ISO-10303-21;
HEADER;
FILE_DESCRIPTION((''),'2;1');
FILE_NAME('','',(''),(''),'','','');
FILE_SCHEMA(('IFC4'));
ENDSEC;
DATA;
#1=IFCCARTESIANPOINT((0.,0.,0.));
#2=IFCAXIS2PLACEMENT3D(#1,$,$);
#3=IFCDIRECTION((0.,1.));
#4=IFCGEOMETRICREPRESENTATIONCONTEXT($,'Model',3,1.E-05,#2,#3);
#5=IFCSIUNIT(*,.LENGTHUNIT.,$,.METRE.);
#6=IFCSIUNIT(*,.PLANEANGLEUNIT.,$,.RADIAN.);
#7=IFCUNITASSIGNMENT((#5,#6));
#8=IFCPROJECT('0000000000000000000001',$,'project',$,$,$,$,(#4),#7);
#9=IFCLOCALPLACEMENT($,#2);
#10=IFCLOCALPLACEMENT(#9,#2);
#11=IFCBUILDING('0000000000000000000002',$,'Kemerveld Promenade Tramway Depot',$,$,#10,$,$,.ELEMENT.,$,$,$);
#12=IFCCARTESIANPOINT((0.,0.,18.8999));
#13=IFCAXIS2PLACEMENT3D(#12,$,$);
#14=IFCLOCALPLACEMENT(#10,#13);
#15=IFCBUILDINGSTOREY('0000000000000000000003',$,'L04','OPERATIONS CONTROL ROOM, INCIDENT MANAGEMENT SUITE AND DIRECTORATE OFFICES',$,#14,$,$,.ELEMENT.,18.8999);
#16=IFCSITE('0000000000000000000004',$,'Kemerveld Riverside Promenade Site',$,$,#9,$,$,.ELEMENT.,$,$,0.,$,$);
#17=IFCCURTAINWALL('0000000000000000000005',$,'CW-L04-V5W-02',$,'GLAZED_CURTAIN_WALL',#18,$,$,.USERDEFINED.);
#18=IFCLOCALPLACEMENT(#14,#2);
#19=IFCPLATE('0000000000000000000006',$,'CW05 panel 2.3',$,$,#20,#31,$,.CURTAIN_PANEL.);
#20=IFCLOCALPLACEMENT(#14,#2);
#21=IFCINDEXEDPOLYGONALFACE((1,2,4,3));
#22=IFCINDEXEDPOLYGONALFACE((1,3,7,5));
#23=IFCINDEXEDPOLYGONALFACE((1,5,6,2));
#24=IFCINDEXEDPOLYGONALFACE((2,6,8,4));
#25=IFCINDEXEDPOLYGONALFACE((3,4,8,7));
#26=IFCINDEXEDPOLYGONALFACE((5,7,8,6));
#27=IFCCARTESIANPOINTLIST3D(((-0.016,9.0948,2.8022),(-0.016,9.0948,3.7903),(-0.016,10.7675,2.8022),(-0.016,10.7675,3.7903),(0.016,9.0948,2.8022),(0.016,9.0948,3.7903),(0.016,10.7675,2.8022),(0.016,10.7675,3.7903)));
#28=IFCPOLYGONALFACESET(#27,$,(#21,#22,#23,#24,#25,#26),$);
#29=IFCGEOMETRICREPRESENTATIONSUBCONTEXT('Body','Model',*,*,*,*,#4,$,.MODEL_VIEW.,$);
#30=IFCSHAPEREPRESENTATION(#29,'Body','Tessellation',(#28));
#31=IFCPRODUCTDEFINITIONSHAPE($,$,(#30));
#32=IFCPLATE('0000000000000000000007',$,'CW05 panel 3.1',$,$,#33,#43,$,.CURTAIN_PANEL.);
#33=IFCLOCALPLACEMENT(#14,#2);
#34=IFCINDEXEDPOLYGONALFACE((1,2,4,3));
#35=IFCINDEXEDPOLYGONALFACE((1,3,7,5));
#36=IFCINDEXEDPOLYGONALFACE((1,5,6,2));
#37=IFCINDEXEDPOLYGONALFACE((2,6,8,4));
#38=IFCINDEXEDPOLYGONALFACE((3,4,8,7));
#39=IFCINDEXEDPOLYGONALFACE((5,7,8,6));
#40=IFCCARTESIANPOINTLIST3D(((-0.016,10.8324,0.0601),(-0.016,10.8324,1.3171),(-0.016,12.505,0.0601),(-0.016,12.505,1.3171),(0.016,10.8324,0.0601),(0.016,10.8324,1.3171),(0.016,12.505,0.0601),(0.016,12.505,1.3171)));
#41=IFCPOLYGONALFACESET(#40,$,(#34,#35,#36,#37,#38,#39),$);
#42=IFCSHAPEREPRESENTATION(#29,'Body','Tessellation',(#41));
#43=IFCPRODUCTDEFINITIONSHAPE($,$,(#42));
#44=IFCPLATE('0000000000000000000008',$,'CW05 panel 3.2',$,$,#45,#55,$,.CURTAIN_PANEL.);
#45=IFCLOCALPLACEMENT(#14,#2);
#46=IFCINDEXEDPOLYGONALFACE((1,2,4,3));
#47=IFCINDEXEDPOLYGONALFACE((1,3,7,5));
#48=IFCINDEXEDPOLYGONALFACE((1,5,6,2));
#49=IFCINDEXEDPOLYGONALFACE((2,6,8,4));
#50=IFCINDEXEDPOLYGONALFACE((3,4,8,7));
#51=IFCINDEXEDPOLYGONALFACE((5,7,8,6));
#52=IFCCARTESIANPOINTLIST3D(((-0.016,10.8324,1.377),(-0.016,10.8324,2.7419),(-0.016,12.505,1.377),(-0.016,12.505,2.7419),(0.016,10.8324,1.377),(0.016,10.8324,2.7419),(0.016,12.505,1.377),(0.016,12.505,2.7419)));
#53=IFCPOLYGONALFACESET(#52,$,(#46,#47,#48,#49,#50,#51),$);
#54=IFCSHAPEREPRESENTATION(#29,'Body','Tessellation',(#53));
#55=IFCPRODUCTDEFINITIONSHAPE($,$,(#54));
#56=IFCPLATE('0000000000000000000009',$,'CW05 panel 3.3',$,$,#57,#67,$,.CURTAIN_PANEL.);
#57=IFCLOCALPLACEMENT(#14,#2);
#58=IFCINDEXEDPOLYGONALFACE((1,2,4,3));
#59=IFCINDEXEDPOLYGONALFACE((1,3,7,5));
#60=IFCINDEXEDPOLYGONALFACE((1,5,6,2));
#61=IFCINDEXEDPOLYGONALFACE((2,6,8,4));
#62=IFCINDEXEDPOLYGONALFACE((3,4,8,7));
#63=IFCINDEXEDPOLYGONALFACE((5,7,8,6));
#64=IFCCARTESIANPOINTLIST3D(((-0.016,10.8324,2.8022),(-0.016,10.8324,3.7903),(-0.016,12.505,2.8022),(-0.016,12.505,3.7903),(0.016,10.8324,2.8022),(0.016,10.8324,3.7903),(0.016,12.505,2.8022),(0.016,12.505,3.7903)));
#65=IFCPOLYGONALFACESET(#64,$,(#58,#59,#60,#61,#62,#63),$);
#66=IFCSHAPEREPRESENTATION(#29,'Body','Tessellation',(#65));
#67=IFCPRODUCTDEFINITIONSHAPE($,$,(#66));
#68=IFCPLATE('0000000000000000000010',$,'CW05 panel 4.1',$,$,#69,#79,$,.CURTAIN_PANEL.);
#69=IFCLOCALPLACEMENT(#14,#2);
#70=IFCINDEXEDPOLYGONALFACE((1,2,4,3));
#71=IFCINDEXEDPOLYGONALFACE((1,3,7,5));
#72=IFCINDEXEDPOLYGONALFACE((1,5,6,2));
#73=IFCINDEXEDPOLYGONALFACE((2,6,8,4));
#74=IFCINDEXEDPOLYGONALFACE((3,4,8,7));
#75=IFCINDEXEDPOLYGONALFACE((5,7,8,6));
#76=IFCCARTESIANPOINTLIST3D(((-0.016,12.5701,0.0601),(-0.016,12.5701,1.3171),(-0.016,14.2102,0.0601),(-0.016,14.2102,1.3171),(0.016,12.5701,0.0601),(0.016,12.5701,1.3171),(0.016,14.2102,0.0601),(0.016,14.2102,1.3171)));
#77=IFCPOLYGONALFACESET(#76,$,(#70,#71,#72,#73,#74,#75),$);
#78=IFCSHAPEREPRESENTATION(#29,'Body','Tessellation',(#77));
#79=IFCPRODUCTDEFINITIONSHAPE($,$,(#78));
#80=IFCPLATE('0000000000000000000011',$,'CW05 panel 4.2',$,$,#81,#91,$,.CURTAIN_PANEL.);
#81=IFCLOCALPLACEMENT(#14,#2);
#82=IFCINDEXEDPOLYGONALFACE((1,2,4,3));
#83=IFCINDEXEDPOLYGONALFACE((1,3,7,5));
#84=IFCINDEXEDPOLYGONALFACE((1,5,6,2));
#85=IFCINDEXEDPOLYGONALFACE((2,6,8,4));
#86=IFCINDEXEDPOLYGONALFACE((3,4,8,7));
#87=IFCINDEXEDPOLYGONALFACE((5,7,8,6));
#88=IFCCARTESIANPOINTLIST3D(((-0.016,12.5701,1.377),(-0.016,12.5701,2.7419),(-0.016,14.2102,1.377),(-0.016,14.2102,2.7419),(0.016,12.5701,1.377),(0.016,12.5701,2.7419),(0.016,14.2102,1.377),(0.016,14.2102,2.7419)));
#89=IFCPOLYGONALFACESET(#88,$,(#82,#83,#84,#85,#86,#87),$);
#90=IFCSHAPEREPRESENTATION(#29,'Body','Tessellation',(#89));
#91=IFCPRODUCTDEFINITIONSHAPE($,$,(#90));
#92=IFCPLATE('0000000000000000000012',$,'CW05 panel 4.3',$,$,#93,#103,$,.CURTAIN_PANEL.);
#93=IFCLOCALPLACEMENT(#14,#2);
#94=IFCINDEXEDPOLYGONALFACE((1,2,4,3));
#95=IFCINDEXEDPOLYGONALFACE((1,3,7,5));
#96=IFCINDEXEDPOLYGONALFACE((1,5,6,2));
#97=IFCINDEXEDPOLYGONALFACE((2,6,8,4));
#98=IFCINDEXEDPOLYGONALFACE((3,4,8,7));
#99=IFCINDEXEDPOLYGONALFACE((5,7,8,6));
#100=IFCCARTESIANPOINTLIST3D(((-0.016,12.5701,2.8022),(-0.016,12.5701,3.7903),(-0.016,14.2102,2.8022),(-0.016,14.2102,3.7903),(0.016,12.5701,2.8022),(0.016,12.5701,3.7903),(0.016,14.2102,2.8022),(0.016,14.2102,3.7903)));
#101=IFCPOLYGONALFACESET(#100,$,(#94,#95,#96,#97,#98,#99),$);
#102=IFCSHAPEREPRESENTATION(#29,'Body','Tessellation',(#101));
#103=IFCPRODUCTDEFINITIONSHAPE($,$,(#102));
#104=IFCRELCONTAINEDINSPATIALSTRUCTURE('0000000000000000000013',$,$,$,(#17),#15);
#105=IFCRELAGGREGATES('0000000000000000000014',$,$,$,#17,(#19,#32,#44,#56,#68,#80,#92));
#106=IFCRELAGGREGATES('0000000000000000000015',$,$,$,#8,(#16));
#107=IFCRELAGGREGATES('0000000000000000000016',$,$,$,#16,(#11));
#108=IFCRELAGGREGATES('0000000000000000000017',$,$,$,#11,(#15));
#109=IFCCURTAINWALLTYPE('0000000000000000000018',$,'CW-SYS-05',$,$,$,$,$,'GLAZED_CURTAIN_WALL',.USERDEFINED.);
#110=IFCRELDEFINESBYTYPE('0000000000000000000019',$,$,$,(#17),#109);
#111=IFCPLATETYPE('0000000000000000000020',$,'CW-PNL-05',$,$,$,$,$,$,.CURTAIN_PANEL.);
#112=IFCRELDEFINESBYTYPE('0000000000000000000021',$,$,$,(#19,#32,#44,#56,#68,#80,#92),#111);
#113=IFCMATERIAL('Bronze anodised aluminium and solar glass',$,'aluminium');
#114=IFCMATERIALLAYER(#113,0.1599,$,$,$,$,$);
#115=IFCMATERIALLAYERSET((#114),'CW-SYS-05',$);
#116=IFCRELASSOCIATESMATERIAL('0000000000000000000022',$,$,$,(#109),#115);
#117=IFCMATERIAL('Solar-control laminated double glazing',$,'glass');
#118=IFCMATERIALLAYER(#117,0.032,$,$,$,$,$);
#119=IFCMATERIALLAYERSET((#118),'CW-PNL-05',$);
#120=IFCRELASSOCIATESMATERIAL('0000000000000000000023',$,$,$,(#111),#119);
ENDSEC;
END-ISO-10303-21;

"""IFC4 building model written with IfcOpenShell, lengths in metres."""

from ifc_helpers import new_model, si_unit, direction, frame, origin, origin_2d, place, context, subcontext, project, spatial, rectangle, extrude, material, layer, layer_set, type_object, element, aggregate, save


model = new_model("IFC4")

# Units and contexts
model_context = context("Model", 3, precision=1e-05, world=origin(), true_north=direction((0.0, 1.0)))
body_context = subcontext(model_context, "Body", "Model", "MODEL_VIEW")
ifc_project = project(units=[si_unit("LENGTHUNIT", "METRE"), si_unit("PLANEANGLEUNIT", "RADIAN")], contexts=[model_context])

# Site, building, storey
site_placement = place(None, origin())
site = spatial("IfcSite", under=ifc_project, at=site_placement, Name="Kemerveld Riverside Promenade Site", CompositionType="ELEMENT", RefElevation=0.0)
building_placement = place(site_placement, origin())
building = spatial("IfcBuilding", under=site, at=building_placement, Name="Kemerveld Promenade Tramway Depot", CompositionType="ELEMENT")
storey_placement = place(building_placement, frame((0.0, 0.0, 18.8999)))
storey = spatial("IfcBuildingStorey", under=building, at=storey_placement, Name="L04", Description="OPERATIONS CONTROL ROOM, INCIDENT MANAGEMENT SUITE AND DIRECTORATE OFFICES", CompositionType="ELEMENT", Elevation=18.8999)

# Curtain wall, plates
ifc_material_1 = material(Name="Bronze anodised aluminium and solar glass", Category="aluminium")
ifc_layer_1 = layer(ifc_material_1, 0.1599)
ifc_layer_set_1 = layer_set([ifc_layer_1], Name="CW-SYS-05")
curtain_wall_type = type_object("IfcCurtainWallType", Name="CW-SYS-05", ElementType="GLAZED_CURTAIN_WALL", PredefinedType="USERDEFINED", material=ifc_layer_set_1)
curtain_wall_placement = place(storey_placement, origin())
curtain_wall = element("IfcCurtainWall", 1, at=curtain_wall_placement, inside=storey, type_object=curtain_wall_type, Name="CW-L04-V5W-02", ObjectType="GLAZED_CURTAIN_WALL", PredefinedType="USERDEFINED")
ifc_material_2 = material(Name="Solar-control laminated double glazing", Category="glass")
ifc_layer_2 = layer(ifc_material_2, 0.032)
ifc_layer_set_2 = layer_set([ifc_layer_2], Name="CW-PNL-05")
plate_type = type_object("IfcPlateType", Name="CW-PNL-05", PredefinedType="CURTAIN_PANEL", material=ifc_layer_set_2)
plate_1_placement = place(storey_placement, frame((0.0, 9.9312, 2.8022), z_axis=(0.0, 0.0, 1.0), x_axis=(0.0, 1.0, 0.0)))
plate_1 = element("IfcPlate", 2, at=plate_1_placement, type_object=plate_type, Name="CW05 panel 2.3", PredefinedType="CURTAIN_PANEL", context=body_context, shape_type="SweptSolid", body=[
    extrude(rectangle(XDim=1.6726, YDim=0.032, at=origin_2d()), origin(), (0.0, 0.0, 1.0), 0.988),
])
plate_2_placement = place(storey_placement, frame((0.0, 11.6687, 0.0601), z_axis=(0.0, 0.0, 1.0), x_axis=(0.0, 1.0, 0.0)))
plate_2 = element("IfcPlate", 3, at=plate_2_placement, type_object=plate_type, Name="CW05 panel 3.1", PredefinedType="CURTAIN_PANEL", context=body_context, shape_type="SweptSolid", body=[
    extrude(rectangle(XDim=1.6726, YDim=0.032, at=origin_2d()), origin(), (0.0, 0.0, 1.0), 1.2571),
])
plate_3_placement = place(storey_placement, frame((0.0, 11.6687, 1.377), z_axis=(0.0, 0.0, 1.0), x_axis=(0.0, 1.0, 0.0)))
plate_3 = element("IfcPlate", 4, at=plate_3_placement, type_object=plate_type, Name="CW05 panel 3.2", PredefinedType="CURTAIN_PANEL", context=body_context, shape_type="SweptSolid", body=[
    extrude(rectangle(XDim=1.6726, YDim=0.032, at=origin_2d()), origin(), (0.0, 0.0, 1.0), 1.365),
])
plate_4_placement = place(storey_placement, frame((0.0, 11.6687, 2.8022), z_axis=(0.0, 0.0, 1.0), x_axis=(0.0, 1.0, 0.0)))
plate_4 = element("IfcPlate", 5, at=plate_4_placement, type_object=plate_type, Name="CW05 panel 3.3", PredefinedType="CURTAIN_PANEL", context=body_context, shape_type="SweptSolid", body=[
    extrude(rectangle(XDim=1.6726, YDim=0.032, at=origin_2d()), origin(), (0.0, 0.0, 1.0), 0.988),
])
plate_5_placement = place(storey_placement, frame((0.0, 13.3901, 0.0601), z_axis=(0.0, 0.0, 1.0), x_axis=(0.0, 1.0, 0.0)))
plate_5 = element("IfcPlate", 6, at=plate_5_placement, type_object=plate_type, Name="CW05 panel 4.1", PredefinedType="CURTAIN_PANEL", context=body_context, shape_type="SweptSolid", body=[
    extrude(rectangle(XDim=1.6401, YDim=0.032, at=origin_2d()), origin(), (0.0, 0.0, 1.0), 1.2571),
])
plate_6_placement = place(storey_placement, frame((0.0, 13.3901, 1.377), z_axis=(0.0, 0.0, 1.0), x_axis=(0.0, 1.0, 0.0)))
plate_6 = element("IfcPlate", 7, at=plate_6_placement, type_object=plate_type, Name="CW05 panel 4.2", PredefinedType="CURTAIN_PANEL", context=body_context, shape_type="SweptSolid", body=[
    extrude(rectangle(XDim=1.6401, YDim=0.032, at=origin_2d()), origin(), (0.0, 0.0, 1.0), 1.365),
])
plate_7_placement = place(storey_placement, frame((0.0, 13.3901, 2.8022), z_axis=(0.0, 0.0, 1.0), x_axis=(0.0, 1.0, 0.0)))
plate_7 = element("IfcPlate", 8, at=plate_7_placement, type_object=plate_type, Name="CW05 panel 4.3", PredefinedType="CURTAIN_PANEL", context=body_context, shape_type="SweptSolid", body=[
    extrude(rectangle(XDim=1.6401, YDim=0.032, at=origin_2d()), origin(), (0.0, 0.0, 1.0), 0.988),
])
aggregate(curtain_wall, [plate_1, plate_2, plate_3, plate_4, plate_5, plate_6, plate_7])

save(model, "model.ifc")
